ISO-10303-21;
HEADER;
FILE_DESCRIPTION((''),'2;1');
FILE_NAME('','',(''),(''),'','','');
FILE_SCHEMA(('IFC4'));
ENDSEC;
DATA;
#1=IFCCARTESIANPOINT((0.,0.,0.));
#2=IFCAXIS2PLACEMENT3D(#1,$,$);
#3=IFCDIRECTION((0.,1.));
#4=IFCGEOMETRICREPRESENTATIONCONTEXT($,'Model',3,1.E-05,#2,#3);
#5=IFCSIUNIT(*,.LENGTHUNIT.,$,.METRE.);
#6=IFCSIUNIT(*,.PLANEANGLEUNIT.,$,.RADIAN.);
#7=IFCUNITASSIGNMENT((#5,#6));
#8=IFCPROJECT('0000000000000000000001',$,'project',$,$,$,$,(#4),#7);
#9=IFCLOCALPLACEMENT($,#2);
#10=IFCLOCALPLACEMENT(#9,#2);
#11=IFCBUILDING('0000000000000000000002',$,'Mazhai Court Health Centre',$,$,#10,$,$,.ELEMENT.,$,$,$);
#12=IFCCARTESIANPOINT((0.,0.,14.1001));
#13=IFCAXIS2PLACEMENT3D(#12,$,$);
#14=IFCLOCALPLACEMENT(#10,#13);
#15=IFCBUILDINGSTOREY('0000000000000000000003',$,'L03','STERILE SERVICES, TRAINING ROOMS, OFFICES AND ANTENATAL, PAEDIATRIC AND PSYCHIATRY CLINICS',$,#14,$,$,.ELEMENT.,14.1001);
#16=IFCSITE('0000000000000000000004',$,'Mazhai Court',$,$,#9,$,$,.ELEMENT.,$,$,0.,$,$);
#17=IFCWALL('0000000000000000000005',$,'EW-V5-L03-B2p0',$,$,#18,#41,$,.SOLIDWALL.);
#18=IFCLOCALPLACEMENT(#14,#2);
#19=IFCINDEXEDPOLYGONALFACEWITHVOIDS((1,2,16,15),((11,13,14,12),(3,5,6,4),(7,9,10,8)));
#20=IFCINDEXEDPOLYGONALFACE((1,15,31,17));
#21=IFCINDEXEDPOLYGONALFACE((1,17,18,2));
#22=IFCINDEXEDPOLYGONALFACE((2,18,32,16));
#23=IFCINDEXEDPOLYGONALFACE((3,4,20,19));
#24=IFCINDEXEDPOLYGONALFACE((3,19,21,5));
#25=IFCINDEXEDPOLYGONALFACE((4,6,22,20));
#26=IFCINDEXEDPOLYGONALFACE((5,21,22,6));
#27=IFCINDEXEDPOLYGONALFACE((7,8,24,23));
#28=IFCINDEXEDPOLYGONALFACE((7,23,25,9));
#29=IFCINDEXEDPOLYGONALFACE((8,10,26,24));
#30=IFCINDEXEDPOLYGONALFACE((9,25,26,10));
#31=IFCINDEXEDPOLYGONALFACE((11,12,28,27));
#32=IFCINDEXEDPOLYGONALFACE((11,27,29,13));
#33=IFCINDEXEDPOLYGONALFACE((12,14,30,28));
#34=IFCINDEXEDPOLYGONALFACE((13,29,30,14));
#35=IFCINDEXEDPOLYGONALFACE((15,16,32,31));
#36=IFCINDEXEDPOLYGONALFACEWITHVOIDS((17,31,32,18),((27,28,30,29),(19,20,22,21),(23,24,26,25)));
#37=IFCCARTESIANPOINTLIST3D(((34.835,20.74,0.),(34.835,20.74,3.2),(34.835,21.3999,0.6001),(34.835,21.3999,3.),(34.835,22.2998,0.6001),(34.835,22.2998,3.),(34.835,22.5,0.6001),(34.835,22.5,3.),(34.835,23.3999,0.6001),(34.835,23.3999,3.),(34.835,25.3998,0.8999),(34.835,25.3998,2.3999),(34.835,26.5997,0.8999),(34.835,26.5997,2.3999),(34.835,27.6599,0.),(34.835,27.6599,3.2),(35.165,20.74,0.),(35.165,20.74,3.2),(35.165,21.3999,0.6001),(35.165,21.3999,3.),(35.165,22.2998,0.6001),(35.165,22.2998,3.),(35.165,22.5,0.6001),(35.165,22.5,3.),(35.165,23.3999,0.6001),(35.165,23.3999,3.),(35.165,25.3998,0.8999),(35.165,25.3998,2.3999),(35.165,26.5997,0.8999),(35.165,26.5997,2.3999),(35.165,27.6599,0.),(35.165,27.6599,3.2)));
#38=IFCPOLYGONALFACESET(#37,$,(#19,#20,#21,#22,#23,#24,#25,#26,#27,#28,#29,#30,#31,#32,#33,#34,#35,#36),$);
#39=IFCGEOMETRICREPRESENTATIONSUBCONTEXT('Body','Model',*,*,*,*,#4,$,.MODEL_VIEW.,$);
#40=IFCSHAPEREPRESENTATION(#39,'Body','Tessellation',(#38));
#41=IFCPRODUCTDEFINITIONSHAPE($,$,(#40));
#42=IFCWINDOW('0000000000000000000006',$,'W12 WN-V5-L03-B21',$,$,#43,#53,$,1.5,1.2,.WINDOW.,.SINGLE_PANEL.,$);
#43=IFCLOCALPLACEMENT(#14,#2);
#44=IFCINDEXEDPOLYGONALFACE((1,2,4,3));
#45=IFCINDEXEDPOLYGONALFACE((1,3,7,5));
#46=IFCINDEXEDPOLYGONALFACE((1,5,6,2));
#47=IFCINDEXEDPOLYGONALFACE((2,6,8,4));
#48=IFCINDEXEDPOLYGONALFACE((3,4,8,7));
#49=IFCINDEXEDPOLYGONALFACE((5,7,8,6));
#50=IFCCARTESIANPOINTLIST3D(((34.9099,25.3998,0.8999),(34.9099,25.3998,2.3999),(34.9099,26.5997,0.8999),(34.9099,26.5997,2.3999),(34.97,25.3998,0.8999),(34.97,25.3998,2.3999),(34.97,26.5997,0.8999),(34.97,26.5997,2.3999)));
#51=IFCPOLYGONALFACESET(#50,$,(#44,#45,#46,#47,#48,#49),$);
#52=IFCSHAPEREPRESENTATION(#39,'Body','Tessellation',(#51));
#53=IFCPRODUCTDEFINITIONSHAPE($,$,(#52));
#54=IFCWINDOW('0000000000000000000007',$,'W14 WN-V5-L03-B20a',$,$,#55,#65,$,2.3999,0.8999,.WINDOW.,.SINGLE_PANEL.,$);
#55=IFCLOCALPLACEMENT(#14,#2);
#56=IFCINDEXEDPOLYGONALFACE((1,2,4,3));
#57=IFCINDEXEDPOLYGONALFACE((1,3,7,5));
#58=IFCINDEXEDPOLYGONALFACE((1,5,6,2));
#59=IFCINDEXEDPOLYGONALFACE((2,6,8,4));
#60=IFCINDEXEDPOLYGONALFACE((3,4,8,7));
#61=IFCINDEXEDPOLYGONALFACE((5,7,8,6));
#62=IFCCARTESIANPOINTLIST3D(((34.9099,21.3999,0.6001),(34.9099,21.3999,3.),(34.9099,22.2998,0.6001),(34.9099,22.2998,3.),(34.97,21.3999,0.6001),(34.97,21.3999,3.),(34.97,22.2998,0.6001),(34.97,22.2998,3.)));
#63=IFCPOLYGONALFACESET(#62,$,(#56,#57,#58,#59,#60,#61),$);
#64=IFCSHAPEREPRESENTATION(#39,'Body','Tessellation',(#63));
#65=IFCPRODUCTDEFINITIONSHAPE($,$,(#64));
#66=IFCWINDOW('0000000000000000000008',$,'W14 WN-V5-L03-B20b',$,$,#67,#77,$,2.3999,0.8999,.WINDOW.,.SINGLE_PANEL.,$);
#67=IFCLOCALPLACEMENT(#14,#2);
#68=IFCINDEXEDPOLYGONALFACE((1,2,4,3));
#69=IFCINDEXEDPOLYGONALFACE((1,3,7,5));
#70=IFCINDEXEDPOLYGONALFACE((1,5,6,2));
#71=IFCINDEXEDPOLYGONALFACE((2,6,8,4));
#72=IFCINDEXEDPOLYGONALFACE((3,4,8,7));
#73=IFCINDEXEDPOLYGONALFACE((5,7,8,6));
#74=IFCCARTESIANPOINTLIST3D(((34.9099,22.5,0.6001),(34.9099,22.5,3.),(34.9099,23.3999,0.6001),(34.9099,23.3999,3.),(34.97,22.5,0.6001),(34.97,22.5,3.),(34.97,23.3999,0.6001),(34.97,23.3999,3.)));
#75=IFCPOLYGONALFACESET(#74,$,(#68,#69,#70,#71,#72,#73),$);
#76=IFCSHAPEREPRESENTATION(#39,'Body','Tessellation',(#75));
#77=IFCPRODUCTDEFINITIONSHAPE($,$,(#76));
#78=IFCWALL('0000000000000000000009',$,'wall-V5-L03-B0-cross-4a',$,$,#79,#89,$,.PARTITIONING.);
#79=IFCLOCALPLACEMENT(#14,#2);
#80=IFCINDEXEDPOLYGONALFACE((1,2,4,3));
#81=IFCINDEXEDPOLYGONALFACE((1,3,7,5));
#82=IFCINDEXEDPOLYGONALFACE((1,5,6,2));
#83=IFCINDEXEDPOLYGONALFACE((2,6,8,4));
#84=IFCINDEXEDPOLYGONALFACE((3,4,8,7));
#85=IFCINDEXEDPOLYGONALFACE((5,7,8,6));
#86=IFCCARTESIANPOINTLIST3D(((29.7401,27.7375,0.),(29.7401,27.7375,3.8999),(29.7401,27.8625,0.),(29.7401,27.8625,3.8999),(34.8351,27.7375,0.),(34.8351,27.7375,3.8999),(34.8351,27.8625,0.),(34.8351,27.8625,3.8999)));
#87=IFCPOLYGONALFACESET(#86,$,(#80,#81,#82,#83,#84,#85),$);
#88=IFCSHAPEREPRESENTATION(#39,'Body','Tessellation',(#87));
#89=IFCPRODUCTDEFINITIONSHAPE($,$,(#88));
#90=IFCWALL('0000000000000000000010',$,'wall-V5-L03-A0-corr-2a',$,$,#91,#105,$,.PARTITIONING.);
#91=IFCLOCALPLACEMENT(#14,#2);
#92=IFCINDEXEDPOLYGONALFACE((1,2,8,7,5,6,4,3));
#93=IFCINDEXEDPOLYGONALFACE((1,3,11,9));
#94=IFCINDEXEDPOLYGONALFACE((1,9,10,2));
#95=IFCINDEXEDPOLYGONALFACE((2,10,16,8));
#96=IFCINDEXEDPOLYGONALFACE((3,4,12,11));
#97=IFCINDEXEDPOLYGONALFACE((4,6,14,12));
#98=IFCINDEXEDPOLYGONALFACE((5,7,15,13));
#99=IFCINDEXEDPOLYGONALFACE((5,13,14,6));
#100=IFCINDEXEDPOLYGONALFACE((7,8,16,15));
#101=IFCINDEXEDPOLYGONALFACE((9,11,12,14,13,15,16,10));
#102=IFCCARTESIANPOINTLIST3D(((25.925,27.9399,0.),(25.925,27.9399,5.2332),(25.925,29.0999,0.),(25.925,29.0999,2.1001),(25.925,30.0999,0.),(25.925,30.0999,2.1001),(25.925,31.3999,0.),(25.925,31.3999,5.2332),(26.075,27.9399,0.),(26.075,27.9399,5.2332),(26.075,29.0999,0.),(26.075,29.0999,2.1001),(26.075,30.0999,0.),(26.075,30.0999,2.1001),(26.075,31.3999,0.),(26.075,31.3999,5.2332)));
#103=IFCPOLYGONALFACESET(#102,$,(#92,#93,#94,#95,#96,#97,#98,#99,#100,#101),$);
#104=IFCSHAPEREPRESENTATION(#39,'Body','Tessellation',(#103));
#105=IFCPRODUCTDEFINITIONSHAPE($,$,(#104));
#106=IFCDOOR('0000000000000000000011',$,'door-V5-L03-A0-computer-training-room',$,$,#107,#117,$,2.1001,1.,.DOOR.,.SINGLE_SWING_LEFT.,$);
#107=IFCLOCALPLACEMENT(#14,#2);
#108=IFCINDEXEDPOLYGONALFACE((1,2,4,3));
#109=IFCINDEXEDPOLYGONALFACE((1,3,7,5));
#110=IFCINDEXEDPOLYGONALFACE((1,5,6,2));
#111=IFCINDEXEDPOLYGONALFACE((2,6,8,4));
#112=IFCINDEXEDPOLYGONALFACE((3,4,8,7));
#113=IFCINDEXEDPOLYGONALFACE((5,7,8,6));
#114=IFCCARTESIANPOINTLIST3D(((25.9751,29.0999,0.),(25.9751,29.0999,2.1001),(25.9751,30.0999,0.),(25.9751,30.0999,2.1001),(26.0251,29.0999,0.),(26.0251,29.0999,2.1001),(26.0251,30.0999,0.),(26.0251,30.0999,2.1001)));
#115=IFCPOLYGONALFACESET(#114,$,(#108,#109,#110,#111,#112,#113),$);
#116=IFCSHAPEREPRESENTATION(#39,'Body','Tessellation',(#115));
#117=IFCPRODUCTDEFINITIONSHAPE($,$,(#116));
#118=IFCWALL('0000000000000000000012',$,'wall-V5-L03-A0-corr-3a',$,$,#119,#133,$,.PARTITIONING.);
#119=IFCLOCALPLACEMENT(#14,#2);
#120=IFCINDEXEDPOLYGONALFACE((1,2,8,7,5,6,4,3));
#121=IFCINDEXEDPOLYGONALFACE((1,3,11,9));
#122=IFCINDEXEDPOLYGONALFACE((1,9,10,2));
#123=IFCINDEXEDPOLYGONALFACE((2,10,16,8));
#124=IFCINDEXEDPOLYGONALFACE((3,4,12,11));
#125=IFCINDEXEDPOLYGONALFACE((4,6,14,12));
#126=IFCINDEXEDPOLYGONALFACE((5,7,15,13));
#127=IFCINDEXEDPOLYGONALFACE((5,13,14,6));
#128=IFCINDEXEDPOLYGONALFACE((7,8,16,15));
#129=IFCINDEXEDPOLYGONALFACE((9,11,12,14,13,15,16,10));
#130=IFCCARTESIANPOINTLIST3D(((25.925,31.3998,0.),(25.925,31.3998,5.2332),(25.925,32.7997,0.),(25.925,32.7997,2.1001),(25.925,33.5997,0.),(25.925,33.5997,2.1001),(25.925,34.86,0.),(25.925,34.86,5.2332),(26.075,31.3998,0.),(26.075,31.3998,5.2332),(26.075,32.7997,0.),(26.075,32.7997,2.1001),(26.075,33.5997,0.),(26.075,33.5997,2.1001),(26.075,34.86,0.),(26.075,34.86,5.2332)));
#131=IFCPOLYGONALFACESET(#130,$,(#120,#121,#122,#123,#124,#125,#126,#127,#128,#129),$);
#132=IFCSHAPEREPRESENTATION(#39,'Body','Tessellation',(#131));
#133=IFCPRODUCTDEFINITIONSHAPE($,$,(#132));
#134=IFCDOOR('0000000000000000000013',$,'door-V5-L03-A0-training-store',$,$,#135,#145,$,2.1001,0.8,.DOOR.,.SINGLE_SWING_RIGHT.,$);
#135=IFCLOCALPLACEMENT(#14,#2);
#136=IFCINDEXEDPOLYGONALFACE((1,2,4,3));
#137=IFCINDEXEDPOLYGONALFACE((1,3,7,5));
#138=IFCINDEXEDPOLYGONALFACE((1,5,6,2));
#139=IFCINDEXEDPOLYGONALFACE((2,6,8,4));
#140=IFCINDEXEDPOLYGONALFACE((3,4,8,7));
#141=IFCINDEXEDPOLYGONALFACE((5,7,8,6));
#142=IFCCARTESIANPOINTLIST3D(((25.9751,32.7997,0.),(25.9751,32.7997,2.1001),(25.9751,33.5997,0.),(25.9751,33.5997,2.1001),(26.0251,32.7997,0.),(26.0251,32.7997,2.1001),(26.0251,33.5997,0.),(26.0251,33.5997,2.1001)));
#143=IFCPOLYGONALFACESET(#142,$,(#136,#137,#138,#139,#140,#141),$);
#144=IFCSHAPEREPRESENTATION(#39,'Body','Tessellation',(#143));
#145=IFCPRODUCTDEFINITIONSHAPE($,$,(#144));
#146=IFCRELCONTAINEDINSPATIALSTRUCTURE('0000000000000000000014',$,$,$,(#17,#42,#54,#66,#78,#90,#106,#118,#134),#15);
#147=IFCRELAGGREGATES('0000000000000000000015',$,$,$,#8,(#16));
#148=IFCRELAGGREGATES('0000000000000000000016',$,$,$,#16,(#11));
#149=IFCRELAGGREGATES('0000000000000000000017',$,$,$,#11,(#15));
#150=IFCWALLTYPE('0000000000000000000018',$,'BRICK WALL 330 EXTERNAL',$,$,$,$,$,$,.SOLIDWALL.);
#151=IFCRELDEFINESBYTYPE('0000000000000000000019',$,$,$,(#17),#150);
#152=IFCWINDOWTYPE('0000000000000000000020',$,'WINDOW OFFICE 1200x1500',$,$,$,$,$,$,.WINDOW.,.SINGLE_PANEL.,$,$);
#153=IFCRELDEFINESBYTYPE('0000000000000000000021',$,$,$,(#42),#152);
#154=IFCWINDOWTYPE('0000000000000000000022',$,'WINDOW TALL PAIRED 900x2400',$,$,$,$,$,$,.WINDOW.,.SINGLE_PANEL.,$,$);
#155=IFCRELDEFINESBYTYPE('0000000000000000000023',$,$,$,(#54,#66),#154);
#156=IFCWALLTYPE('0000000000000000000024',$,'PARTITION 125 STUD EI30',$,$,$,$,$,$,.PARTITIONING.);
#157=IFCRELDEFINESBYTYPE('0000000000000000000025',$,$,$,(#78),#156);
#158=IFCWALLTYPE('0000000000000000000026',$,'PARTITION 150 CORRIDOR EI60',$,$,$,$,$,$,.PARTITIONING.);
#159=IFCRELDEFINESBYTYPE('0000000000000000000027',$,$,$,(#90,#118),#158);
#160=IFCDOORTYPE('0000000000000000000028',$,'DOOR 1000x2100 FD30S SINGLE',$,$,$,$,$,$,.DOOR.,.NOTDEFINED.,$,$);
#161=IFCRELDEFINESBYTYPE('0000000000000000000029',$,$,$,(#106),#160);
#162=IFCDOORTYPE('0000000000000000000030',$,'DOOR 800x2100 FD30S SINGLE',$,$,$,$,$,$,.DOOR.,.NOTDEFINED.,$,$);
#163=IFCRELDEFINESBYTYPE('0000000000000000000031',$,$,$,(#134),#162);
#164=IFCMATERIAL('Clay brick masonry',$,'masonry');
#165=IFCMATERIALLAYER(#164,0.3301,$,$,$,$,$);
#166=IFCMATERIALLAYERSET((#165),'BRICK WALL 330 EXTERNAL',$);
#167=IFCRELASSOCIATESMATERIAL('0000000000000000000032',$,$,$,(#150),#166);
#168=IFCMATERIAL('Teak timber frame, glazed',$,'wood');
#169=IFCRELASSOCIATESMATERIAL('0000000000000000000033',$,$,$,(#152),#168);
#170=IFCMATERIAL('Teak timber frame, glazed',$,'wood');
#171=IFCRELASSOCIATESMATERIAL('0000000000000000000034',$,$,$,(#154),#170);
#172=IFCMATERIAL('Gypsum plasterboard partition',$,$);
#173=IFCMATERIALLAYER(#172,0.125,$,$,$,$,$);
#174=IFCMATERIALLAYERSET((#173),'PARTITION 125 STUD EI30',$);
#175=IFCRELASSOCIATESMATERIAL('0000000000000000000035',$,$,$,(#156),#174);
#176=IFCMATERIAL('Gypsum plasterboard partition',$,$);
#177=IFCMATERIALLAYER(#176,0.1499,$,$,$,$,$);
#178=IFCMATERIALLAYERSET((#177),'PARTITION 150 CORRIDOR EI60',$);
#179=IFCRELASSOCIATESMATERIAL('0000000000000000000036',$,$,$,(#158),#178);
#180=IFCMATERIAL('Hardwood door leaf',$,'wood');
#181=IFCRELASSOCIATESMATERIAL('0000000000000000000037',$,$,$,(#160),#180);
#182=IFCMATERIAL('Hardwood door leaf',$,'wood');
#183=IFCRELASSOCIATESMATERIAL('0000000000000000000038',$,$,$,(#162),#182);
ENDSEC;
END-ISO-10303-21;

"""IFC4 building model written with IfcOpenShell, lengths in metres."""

from ifc_helpers import new_model, si_unit, direction, frame, frame_2d, origin, place, context, subcontext, project, spatial, rectangle, extrude, material, layer, layer_set, type_object, element, fill, save


model = new_model("IFC4")

# Units and contexts
model_context = context("Model", 3, precision=1e-05, world=origin(), true_north=direction((0.0, 1.0)))
body_context = subcontext(model_context, "Body", "Model", "MODEL_VIEW")
ifc_project = project(units=[si_unit("LENGTHUNIT", "METRE"), si_unit("PLANEANGLEUNIT", "RADIAN")], contexts=[model_context])

# Site, building, storey
site_placement = place(None, origin())
site = spatial("IfcSite", under=ifc_project, at=site_placement, Name="Mazhai Court", CompositionType="ELEMENT", RefElevation=0.0)
building_placement = place(site_placement, origin())
building = spatial("IfcBuilding", under=site, at=building_placement, Name="Mazhai Court Health Centre", CompositionType="ELEMENT")
storey_placement = place(building_placement, frame((0.0, 0.0, 14.1001)))
storey = spatial("IfcBuildingStorey", under=building, at=storey_placement, Name="L03", Description="STERILE SERVICES, TRAINING ROOMS, OFFICES AND ANTENATAL, PAEDIATRIC AND PSYCHIATRY CLINICS", CompositionType="ELEMENT", Elevation=14.1001)

# Wall, openings, windows
ifc_material_1 = material(Name="Clay brick masonry", Category="masonry")
ifc_layer_1 = layer(ifc_material_1, 0.3301)
ifc_layer_set_1 = layer_set([ifc_layer_1], Name="BRICK WALL 330 EXTERNAL")
wall_type_1 = type_object("IfcWallType", Name="BRICK WALL 330 EXTERNAL", PredefinedType="SOLIDWALL", material=ifc_layer_set_1)
wall_1_placement = place(storey_placement, frame((35.0, 27.6599, 0.0), z_axis=(0.0, 0.0, 1.0), x_axis=(0.0, -1.0, 0.0)))
wall_1 = element("IfcWall", 1, at=wall_1_placement, inside=storey, type_object=wall_type_1, Name="EW-V5-L03-B2p0", PredefinedType="SOLIDWALL", context=body_context, shape_type="SweptSolid", body=[
    extrude(rectangle(XDim=6.9199, YDim=0.3301, at=frame_2d((3.46, 0.0))), origin(), (0.0, 0.0, 1.0), 3.2),
])
opening_1_placement = place(wall_1_placement, frame((5.3601, 0.0, 0.6001)))
opening_1 = element("IfcOpeningElement", 2, at=opening_1_placement, cuts=wall_1, PredefinedType="OPENING", context=body_context, shape_type="SweptSolid", body=[
    extrude(rectangle(XDim=0.8999, YDim=2.3999, at=frame_2d((0.45, 1.2))), frame((0.0, 0.175, 0.0), z_axis=(0.0, -1.0, 0.0), x_axis=(1.0, 0.0, 0.0)), (0.0, 0.0, 1.0), 0.3501),
])
opening_2_placement = place(wall_1_placement, frame((4.26, 0.0, 0.6001)))
opening_2 = element("IfcOpeningElement", 3, at=opening_2_placement, cuts=wall_1, PredefinedType="OPENING", context=body_context, shape_type="SweptSolid", body=[
    extrude(rectangle(XDim=0.8999, YDim=2.3999, at=frame_2d((0.45, 1.2))), frame((0.0, 0.175, 0.0), z_axis=(0.0, -1.0, 0.0), x_axis=(1.0, 0.0, 0.0)), (0.0, 0.0, 1.0), 0.3501),
])
opening_3_placement = place(wall_1_placement, frame((1.0601, 0.0, 0.8999)))
opening_3 = element("IfcOpeningElement", 4, at=opening_3_placement, cuts=wall_1, PredefinedType="OPENING", context=body_context, shape_type="SweptSolid", body=[
    extrude(rectangle(XDim=1.2, YDim=1.5, at=frame_2d((0.6001, 0.75))), frame((0.0, 0.175, 0.0), z_axis=(0.0, -1.0, 0.0), x_axis=(1.0, 0.0, 0.0)), (0.0, 0.0, 1.0), 0.3501),
])
ifc_material_2 = material(Name="Teak timber frame, glazed", Category="wood")
window_type_1 = type_object("IfcWindowType", Name="WINDOW OFFICE 1200x1500", PartitioningType="SINGLE_PANEL", PredefinedType="WINDOW", material=ifc_material_2)
window_1_placement = place(opening_3_placement, origin())
window_1 = element("IfcWindow", 5, at=window_1_placement, inside=storey, type_object=window_type_1, Name="W12 WN-V5-L03-B21", OverallHeight=1.5, OverallWidth=1.2, PartitioningType="SINGLE_PANEL", PredefinedType="WINDOW", context=body_context, shape_type="SweptSolid", body=[
    extrude(rectangle(XDim=1.2, YDim=1.5, at=frame_2d((0.6001, 0.75))), frame((0.0, -0.03, 0.0), z_axis=(0.0, -1.0, 0.0), x_axis=(1.0, 0.0, 0.0)), (0.0, 0.0, 1.0), 0.0601),
])
fill(opening_3, window_1)
ifc_material_3 = material(Name="Teak timber frame, glazed", Category="wood")
window_type_2 = type_object("IfcWindowType", Name="WINDOW TALL PAIRED 900x2400", PartitioningType="SINGLE_PANEL", PredefinedType="WINDOW", material=ifc_material_3)
window_2_placement = place(opening_1_placement, origin())
window_2 = element("IfcWindow", 6, at=window_2_placement, inside=storey, type_object=window_type_2, Name="W14 WN-V5-L03-B20a", OverallHeight=2.3999, OverallWidth=0.8999, PartitioningType="SINGLE_PANEL", PredefinedType="WINDOW", context=body_context, shape_type="SweptSolid", body=[
    extrude(rectangle(XDim=0.8999, YDim=2.3999, at=frame_2d((0.45, 1.2))), frame((0.0, -0.03, 0.0), z_axis=(0.0, -1.0, 0.0), x_axis=(1.0, 0.0, 0.0)), (0.0, 0.0, 1.0), 0.0601),
])
fill(opening_1, window_2)
window_3_placement = place(opening_2_placement, origin())
window_3 = element("IfcWindow", 7, at=window_3_placement, inside=storey, type_object=window_type_2, Name="W14 WN-V5-L03-B20b", OverallHeight=2.3999, OverallWidth=0.8999, PartitioningType="SINGLE_PANEL", PredefinedType="WINDOW", context=body_context, shape_type="SweptSolid", body=[
    extrude(rectangle(XDim=0.8999, YDim=2.3999, at=frame_2d((0.45, 1.2))), frame((0.0, -0.03, 0.0), z_axis=(0.0, -1.0, 0.0), x_axis=(1.0, 0.0, 0.0)), (0.0, 0.0, 1.0), 0.0601),
])
fill(opening_2, window_3)

# Wall
ifc_material_4 = material(Name="Gypsum plasterboard partition")
ifc_layer_2 = layer(ifc_material_4, 0.125)
ifc_layer_set_2 = layer_set([ifc_layer_2], Name="PARTITION 125 STUD EI30")
wall_type_2 = type_object("IfcWallType", Name="PARTITION 125 STUD EI30", PredefinedType="PARTITIONING", material=ifc_layer_set_2)
wall_2_placement = place(storey_placement, frame((34.835, 27.8, 0.0), z_axis=(0.0, 0.0, 1.0), x_axis=(-1.0, 0.0, 0.0)))
element("IfcWall", 8, at=wall_2_placement, inside=storey, type_object=wall_type_2, Name="wall-V5-L03-B0-cross-4a", PredefinedType="PARTITIONING", context=body_context, shape_type="SweptSolid", body=[
    extrude(rectangle(XDim=5.095, YDim=0.125, at=frame_2d((2.5474, 0.0))), origin(), (0.0, 0.0, 1.0), 3.8999),
])

# Walls, openings, doors
ifc_material_5 = material(Name="Gypsum plasterboard partition")
ifc_layer_3 = layer(ifc_material_5, 0.1499)
ifc_layer_set_3 = layer_set([ifc_layer_3], Name="PARTITION 150 CORRIDOR EI60")
wall_type_3 = type_object("IfcWallType", Name="PARTITION 150 CORRIDOR EI60", PredefinedType="PARTITIONING", material=ifc_layer_set_3)
wall_3_placement = place(storey_placement, frame((26.0, 27.9399, 0.0), z_axis=(0.0, 0.0, 1.0), x_axis=(0.0, 1.0, 0.0)))
wall_3 = element("IfcWall", 9, at=wall_3_placement, inside=storey, type_object=wall_type_3, Name="wall-V5-L03-A0-corr-2a", PredefinedType="PARTITIONING", context=body_context, shape_type="SweptSolid", body=[
    extrude(rectangle(XDim=3.46, YDim=0.1499, at=frame_2d((1.73, 0.0))), origin(), (0.0, 0.0, 1.0), 5.2332),
])
opening_4_placement = place(wall_3_placement, frame((1.1599, 0.0, 0.0)))
opening_4 = element("IfcOpeningElement", 10, at=opening_4_placement, cuts=wall_3, PredefinedType="OPENING", context=body_context, shape_type="SweptSolid", body=[
    extrude(rectangle(XDim=1.0, YDim=2.1001, at=frame_2d((0.5, 1.05))), frame((0.0, 0.085, 0.0), z_axis=(0.0, -1.0, 0.0), x_axis=(1.0, 0.0, 0.0)), (0.0, 0.0, 1.0), 0.1699),
])
ifc_material_6 = material(Name="Hardwood door leaf", Category="wood")
door_type_1 = type_object("IfcDoorType", Name="DOOR 1000x2100 FD30S SINGLE", OperationType="NOTDEFINED", PredefinedType="DOOR", material=ifc_material_6)
door_1_placement = place(opening_4_placement, origin())
door_1 = element("IfcDoor", 11, at=door_1_placement, inside=storey, type_object=door_type_1, Name="door-V5-L03-A0-computer-training-room", OperationType="SINGLE_SWING_LEFT", OverallHeight=2.1001, OverallWidth=1.0, PredefinedType="DOOR", context=body_context, shape_type="SweptSolid", body=[
    extrude(rectangle(XDim=1.0, YDim=2.1001, at=frame_2d((0.5, 1.05))), frame((0.0, 0.0249, 0.0), z_axis=(0.0, -1.0, 0.0), x_axis=(1.0, 0.0, 0.0)), (0.0, 0.0, 1.0), 0.05),
])
fill(opening_4, door_1)
wall_4_placement = place(storey_placement, frame((26.0, 31.3999, 0.0), z_axis=(0.0, 0.0, 1.0), x_axis=(0.0, 1.0, 0.0)))
wall_4 = element("IfcWall", 12, at=wall_4_placement, inside=storey, type_object=wall_type_3, Name="wall-V5-L03-A0-corr-3a", PredefinedType="PARTITIONING", context=body_context, shape_type="SweptSolid", body=[
    extrude(rectangle(XDim=3.4602, YDim=0.1499, at=frame_2d((1.73, 0.0))), origin(), (0.0, 0.0, 1.0), 5.2332),
])
opening_5_placement = place(wall_4_placement, frame((1.3999, 0.0, 0.0)))
opening_5 = element("IfcOpeningElement", 13, at=opening_5_placement, cuts=wall_4, PredefinedType="OPENING", context=body_context, shape_type="SweptSolid", body=[
    extrude(rectangle(XDim=0.8, YDim=2.1001, at=frame_2d((0.3999, 1.05))), frame((0.0, 0.085, 0.0), z_axis=(0.0, -1.0, 0.0), x_axis=(1.0, 0.0, 0.0)), (0.0, 0.0, 1.0), 0.1699),
])
ifc_material_7 = material(Name="Hardwood door leaf", Category="wood")
door_type_2 = type_object("IfcDoorType", Name="DOOR 800x2100 FD30S SINGLE", OperationType="NOTDEFINED", PredefinedType="DOOR", material=ifc_material_7)
door_2_placement = place(opening_5_placement, origin())
door_2 = element("IfcDoor", 14, at=door_2_placement, inside=storey, type_object=door_type_2, Name="door-V5-L03-A0-training-store", OperationType="SINGLE_SWING_RIGHT", OverallHeight=2.1001, OverallWidth=0.8, PredefinedType="DOOR", context=body_context, shape_type="SweptSolid", body=[
    extrude(rectangle(XDim=0.8, YDim=2.1001, at=frame_2d((0.3999, 1.05))), frame((0.0, 0.0249, 0.0), z_axis=(0.0, -1.0, 0.0), x_axis=(1.0, 0.0, 0.0)), (0.0, 0.0, 1.0), 0.05),
])
fill(opening_5, door_2)

save(model, "model.ifc")
